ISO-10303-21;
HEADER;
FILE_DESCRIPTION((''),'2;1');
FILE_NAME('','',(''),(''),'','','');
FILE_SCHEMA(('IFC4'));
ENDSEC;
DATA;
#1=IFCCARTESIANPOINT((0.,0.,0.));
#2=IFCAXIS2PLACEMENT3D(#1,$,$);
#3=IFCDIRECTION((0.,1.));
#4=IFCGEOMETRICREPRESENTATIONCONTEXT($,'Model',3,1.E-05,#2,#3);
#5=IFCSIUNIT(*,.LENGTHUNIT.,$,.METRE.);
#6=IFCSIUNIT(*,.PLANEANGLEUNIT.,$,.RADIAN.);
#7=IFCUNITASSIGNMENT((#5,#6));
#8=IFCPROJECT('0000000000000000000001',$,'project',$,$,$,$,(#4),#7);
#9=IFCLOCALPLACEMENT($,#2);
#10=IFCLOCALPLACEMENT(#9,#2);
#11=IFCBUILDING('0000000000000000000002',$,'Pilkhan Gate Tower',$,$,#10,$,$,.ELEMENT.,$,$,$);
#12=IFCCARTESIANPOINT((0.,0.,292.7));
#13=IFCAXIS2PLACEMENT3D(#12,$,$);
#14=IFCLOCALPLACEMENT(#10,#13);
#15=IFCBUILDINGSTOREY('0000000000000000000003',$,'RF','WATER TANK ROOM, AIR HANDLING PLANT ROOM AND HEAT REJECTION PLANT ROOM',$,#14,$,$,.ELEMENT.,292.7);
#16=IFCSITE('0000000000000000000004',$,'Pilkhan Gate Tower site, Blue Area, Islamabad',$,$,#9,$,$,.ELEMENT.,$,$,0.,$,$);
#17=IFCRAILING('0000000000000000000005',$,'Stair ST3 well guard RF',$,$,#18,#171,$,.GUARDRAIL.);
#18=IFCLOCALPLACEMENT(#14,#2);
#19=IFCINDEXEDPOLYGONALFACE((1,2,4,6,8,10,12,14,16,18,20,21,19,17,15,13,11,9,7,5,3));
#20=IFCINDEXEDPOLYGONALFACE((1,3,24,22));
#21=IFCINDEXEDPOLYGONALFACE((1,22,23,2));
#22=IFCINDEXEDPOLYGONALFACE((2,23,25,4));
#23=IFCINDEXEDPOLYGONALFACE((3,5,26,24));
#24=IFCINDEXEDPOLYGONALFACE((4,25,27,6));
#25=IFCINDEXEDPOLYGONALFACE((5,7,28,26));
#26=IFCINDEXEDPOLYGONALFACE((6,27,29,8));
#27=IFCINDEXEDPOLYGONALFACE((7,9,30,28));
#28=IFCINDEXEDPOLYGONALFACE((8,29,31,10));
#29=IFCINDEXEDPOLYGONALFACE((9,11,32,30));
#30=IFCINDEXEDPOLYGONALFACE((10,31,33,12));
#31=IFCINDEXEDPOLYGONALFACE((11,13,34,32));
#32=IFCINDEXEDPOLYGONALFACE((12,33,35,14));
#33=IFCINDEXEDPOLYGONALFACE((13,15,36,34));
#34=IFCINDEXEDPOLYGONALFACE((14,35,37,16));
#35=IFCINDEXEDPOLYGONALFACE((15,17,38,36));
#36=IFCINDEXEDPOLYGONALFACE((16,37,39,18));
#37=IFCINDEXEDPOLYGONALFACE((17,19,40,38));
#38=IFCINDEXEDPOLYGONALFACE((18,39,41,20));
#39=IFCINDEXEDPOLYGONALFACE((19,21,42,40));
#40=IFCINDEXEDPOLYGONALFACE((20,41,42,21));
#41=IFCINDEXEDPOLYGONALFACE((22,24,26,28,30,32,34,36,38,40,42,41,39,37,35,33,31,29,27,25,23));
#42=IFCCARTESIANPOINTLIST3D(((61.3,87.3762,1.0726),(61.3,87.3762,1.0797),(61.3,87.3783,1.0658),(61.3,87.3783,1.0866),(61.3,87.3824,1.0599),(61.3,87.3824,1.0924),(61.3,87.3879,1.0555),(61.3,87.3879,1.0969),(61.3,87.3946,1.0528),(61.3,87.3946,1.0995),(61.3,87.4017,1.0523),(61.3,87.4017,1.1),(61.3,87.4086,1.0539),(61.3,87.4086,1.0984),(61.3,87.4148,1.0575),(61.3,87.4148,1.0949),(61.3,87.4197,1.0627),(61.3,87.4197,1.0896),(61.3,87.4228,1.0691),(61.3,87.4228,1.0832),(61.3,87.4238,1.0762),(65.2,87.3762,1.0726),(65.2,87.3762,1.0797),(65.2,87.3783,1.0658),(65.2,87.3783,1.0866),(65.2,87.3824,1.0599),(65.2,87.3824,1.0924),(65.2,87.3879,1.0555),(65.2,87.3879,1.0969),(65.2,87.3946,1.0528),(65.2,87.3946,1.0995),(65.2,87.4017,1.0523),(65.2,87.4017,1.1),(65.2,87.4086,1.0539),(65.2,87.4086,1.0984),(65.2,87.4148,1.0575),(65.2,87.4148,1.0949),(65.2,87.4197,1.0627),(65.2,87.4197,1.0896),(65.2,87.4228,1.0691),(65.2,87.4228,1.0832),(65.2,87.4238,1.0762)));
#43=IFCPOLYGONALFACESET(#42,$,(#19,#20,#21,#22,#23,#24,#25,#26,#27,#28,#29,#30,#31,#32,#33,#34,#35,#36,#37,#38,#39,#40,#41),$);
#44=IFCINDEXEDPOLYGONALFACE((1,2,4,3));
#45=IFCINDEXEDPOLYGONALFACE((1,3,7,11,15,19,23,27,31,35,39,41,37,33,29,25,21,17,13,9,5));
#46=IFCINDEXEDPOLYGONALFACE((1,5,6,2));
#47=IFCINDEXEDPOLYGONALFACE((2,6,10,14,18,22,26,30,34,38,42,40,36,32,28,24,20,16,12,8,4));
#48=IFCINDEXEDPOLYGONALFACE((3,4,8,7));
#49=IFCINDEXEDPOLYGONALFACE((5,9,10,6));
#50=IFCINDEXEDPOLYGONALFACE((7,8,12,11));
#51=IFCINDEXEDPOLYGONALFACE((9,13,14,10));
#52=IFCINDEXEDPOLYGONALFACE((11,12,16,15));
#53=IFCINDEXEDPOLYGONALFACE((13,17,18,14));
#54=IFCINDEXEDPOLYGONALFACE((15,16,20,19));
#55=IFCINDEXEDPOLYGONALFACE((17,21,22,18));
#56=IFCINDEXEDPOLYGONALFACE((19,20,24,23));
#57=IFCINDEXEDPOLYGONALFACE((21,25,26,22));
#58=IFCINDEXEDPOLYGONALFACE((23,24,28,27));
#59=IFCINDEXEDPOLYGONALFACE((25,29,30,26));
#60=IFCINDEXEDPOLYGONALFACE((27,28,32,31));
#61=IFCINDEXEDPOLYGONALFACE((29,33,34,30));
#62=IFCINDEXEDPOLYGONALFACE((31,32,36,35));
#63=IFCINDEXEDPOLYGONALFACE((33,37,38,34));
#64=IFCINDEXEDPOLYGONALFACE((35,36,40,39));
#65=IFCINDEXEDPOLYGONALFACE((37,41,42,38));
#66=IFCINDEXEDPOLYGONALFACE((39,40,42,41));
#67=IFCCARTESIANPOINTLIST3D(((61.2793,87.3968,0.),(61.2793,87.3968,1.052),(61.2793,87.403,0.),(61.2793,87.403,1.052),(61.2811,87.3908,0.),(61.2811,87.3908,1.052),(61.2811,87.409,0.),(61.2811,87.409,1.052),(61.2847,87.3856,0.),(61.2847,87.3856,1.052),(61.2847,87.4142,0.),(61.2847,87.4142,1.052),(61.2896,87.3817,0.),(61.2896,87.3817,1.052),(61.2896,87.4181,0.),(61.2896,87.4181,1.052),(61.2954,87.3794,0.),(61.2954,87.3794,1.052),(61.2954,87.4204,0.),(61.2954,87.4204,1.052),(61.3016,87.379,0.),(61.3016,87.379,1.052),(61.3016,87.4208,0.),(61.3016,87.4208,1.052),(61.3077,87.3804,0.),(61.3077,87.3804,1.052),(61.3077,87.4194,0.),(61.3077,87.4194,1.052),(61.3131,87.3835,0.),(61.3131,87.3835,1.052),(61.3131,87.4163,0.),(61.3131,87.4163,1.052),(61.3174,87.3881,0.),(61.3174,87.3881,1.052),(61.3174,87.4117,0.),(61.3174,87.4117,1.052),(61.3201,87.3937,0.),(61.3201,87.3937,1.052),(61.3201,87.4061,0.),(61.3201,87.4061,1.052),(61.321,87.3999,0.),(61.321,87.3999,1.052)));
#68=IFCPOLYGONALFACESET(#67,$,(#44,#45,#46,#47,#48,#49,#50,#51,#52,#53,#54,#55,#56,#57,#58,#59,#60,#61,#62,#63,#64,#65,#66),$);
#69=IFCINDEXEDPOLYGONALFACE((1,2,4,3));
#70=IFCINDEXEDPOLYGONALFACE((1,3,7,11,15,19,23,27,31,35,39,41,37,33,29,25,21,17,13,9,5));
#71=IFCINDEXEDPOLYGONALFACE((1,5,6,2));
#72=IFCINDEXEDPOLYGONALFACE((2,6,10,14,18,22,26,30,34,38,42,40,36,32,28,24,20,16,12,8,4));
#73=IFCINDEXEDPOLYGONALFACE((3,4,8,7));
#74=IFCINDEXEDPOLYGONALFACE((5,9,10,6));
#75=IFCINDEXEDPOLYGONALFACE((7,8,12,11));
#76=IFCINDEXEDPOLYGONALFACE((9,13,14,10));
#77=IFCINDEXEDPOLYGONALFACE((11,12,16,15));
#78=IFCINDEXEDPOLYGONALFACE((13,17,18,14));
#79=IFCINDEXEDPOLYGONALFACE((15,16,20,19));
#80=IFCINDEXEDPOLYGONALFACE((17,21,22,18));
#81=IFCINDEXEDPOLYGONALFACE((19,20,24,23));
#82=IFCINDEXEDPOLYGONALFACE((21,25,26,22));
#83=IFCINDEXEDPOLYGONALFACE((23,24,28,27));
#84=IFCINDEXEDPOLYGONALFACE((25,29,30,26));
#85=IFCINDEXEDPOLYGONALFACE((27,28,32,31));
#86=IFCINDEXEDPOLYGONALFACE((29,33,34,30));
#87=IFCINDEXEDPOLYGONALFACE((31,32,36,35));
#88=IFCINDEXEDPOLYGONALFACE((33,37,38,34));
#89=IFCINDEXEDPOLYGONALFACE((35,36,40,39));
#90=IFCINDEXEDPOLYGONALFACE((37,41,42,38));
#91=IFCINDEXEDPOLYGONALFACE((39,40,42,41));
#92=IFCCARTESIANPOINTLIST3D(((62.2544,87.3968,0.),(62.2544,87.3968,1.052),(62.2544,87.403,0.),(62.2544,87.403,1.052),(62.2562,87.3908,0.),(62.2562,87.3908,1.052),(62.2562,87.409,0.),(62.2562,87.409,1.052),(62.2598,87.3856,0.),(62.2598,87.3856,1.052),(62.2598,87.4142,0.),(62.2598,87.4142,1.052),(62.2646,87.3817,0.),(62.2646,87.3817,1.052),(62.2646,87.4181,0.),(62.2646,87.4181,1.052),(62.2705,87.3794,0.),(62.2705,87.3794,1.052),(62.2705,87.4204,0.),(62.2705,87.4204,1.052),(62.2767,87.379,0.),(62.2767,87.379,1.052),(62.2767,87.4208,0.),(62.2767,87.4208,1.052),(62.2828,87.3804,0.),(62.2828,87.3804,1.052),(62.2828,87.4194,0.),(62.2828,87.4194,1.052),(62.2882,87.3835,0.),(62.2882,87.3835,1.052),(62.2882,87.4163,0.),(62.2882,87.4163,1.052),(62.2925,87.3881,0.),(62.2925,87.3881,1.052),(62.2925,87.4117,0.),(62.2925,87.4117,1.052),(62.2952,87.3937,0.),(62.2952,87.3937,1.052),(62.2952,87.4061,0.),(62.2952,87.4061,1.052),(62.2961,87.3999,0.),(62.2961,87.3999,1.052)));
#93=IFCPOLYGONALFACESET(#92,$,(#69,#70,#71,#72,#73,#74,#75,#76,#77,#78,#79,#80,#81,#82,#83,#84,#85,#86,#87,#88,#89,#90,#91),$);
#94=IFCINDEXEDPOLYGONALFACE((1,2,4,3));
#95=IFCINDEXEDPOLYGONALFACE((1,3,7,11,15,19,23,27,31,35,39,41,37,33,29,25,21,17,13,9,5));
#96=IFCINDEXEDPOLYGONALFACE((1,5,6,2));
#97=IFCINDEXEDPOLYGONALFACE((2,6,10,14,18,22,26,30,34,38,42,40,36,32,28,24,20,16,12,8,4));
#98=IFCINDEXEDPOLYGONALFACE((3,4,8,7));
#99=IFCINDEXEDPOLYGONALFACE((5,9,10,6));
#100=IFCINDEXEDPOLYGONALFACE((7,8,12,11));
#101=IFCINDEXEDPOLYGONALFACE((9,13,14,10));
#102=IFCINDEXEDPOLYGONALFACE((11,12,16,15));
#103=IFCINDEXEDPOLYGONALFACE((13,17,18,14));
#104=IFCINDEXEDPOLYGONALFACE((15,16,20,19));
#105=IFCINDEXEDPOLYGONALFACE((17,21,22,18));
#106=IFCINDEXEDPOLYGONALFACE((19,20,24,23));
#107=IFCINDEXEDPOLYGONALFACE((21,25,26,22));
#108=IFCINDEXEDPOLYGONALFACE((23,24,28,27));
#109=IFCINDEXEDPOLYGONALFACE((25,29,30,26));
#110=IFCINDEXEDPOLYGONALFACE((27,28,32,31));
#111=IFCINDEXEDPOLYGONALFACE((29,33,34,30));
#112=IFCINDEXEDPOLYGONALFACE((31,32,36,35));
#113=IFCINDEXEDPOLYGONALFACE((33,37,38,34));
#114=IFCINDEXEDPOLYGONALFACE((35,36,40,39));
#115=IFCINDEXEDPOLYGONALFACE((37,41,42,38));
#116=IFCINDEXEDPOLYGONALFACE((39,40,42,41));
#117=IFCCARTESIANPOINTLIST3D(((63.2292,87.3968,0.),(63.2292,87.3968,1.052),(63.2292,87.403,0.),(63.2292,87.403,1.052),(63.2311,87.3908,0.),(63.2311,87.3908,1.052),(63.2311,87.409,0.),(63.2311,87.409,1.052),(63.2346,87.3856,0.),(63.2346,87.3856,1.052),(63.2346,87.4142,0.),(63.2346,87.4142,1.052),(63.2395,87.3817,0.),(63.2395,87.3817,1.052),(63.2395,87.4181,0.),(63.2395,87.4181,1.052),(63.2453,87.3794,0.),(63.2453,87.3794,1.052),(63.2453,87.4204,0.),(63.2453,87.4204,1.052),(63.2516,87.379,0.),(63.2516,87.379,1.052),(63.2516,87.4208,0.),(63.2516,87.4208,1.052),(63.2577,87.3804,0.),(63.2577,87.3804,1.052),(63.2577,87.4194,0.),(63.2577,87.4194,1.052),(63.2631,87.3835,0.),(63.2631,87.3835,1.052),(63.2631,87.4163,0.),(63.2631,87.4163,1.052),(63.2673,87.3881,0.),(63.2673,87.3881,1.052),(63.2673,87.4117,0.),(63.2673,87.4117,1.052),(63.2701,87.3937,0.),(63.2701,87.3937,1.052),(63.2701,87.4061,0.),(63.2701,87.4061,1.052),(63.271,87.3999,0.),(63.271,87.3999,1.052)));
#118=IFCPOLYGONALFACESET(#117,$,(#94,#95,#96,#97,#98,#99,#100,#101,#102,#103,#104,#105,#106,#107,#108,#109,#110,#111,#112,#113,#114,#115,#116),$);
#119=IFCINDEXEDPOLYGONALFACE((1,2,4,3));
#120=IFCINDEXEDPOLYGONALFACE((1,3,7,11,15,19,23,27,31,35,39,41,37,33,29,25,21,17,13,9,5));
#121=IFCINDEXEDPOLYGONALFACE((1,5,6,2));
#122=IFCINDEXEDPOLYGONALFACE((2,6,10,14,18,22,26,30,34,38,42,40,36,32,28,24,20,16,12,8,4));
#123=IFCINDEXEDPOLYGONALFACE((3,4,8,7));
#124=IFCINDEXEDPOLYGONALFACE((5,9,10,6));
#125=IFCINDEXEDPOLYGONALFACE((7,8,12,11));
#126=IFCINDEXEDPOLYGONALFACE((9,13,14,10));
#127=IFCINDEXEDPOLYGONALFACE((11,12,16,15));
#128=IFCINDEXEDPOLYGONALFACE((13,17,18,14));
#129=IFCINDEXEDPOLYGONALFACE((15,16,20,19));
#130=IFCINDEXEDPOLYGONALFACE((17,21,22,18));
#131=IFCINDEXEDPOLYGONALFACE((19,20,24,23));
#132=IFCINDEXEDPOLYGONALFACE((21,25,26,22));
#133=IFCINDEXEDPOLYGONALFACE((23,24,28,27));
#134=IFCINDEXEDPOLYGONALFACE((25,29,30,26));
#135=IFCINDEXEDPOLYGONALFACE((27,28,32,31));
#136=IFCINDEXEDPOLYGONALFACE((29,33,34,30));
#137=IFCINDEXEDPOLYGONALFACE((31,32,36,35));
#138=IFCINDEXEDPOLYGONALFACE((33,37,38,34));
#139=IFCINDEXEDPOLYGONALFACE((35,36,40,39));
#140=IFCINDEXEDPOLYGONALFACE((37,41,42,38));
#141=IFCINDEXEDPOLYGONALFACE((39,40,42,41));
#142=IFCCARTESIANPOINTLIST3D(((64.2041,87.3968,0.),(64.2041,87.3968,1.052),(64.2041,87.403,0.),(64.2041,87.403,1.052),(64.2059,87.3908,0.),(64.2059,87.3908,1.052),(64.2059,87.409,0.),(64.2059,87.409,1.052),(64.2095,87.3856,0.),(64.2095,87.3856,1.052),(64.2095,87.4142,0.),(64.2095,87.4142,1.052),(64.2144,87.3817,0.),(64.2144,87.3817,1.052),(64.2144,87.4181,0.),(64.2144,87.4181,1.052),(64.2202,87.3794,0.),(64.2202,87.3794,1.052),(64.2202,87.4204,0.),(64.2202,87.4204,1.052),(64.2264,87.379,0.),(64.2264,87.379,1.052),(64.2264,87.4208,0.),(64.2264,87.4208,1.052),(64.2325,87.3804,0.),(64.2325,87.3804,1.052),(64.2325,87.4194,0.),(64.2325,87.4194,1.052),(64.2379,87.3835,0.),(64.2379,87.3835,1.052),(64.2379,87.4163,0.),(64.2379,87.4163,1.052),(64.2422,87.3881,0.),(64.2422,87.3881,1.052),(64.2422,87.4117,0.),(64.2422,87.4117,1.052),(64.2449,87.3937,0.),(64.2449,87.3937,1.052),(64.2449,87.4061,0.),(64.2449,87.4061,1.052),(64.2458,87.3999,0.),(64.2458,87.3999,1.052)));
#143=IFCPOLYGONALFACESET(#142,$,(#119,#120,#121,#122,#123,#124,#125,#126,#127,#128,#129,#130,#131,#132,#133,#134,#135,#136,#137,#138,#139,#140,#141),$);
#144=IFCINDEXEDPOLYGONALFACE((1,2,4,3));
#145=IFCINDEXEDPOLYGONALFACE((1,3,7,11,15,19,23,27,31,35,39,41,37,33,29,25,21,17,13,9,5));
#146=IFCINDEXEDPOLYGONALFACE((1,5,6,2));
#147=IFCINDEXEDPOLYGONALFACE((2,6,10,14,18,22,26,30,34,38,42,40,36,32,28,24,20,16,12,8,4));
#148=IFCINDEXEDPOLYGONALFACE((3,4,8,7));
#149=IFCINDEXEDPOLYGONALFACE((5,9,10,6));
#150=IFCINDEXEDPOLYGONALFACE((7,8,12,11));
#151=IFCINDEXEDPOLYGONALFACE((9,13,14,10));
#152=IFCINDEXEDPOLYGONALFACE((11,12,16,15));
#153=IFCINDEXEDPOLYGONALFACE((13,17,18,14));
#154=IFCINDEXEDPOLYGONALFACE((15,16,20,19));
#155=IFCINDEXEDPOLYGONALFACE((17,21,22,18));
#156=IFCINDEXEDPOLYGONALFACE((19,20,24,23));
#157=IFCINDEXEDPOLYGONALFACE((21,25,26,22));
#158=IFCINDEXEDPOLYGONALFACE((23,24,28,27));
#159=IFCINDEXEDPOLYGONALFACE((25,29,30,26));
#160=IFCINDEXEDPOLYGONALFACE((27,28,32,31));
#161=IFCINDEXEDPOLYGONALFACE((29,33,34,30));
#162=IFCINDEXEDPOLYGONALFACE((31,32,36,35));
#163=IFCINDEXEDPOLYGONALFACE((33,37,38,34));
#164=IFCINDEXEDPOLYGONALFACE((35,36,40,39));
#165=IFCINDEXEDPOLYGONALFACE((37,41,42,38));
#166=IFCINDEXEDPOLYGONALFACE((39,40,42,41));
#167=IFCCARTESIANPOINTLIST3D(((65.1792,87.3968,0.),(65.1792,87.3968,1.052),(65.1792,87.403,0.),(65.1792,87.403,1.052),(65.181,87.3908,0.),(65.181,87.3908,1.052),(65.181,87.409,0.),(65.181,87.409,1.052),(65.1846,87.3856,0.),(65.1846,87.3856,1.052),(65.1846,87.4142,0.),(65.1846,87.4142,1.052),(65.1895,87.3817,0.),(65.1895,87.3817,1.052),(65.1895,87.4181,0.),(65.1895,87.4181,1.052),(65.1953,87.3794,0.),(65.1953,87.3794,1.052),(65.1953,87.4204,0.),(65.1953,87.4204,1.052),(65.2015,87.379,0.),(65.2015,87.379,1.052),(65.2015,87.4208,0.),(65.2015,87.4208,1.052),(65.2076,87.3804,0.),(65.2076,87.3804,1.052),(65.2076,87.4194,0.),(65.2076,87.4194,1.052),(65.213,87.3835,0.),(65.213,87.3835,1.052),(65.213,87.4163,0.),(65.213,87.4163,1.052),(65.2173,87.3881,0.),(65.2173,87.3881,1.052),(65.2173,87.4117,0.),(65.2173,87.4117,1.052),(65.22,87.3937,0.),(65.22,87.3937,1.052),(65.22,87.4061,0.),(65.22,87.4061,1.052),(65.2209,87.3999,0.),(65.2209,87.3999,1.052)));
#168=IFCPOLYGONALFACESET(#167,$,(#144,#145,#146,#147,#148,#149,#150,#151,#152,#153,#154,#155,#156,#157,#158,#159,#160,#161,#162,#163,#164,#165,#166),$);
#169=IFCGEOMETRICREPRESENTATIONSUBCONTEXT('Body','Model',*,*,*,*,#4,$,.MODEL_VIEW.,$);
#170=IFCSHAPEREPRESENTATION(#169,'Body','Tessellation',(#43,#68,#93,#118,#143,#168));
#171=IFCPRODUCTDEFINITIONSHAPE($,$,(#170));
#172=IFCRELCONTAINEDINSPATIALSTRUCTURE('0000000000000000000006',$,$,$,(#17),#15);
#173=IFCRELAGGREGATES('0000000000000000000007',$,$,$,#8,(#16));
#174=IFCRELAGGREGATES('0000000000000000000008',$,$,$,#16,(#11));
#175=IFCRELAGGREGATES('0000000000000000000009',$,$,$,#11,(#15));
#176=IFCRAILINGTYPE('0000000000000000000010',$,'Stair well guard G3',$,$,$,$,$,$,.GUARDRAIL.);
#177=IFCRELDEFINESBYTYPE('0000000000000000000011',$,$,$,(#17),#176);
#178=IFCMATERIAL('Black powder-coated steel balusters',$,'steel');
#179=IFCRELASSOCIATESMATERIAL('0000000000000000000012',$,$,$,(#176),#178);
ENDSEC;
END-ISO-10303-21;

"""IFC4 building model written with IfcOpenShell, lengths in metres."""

from ifc_helpers import new_model, si_unit, direction, frame, origin, origin_2d, place, context, subcontext, project, spatial, circle, extrude, material, type_object, element, save


model = new_model("IFC4")

# Units and contexts
model_context = context("Model", 3, precision=1e-05, world=origin(), true_north=direction((0.0, 1.0)))
body_context = subcontext(model_context, "Body", "Model", "MODEL_VIEW")
ifc_project = project(units=[si_unit("LENGTHUNIT", "METRE"), si_unit("PLANEANGLEUNIT", "RADIAN")], contexts=[model_context])

# Site, building, storey
site_placement = place(None, origin())
site = spatial("IfcSite", under=ifc_project, at=site_placement, Name="Pilkhan Gate Tower site, Blue Area, Islamabad", CompositionType="ELEMENT", RefElevation=0.0)
building_placement = place(site_placement, origin())
building = spatial("IfcBuilding", under=site, at=building_placement, Name="Pilkhan Gate Tower", CompositionType="ELEMENT")
storey_placement = place(building_placement, frame((0.0, 0.0, 292.7)))
storey = spatial("IfcBuildingStorey", under=building, at=storey_placement, Name="RF", Description="WATER TANK ROOM, AIR HANDLING PLANT ROOM AND HEAT REJECTION PLANT ROOM", CompositionType="ELEMENT", Elevation=292.7)

# Railing
ifc_material_1 = material(Name="Black powder-coated steel balusters", Category="steel")
railing_type = type_object("IfcRailingType", Name="Stair well guard G3", PredefinedType="GUARDRAIL", material=ifc_material_1)
railing_placement = place(storey_placement, frame((61.3, 87.3999, 0.0)))
element("IfcRailing", 1, at=railing_placement, inside=storey, type_object=railing_type, Name="Stair ST3 well guard RF", PredefinedType="GUARDRAIL", context=body_context, shape_type="SweptSolid", body=[
    extrude(circle(Radius=0.0239, at=origin_2d()), frame((0.0, 0.0, 1.0762), z_axis=(1.0, 0.0, 0.0), x_axis=(0.0, 1.0, 0.0)), (0.0, 0.0, 1.0), 3.8999),
    extrude(circle(Radius=0.021, at=origin_2d()), origin(), (0.0, 0.0, 1.0), 1.052),
    extrude(circle(Radius=0.021, at=origin_2d()), frame((0.9751, 0.0, 0.0)), (0.0, 0.0, 1.0), 1.052),
    extrude(circle(Radius=0.021, at=origin_2d()), frame((1.95, 0.0, 0.0)), (0.0, 0.0, 1.0), 1.052),
    extrude(circle(Radius=0.021, at=origin_2d()), frame((2.9248, 0.0, 0.0)), (0.0, 0.0, 1.0), 1.052),
    extrude(circle(Radius=0.021, at=origin_2d()), frame((3.8999, 0.0, 0.0)), (0.0, 0.0, 1.0), 1.052),
])

save(model, "model.ifc")
